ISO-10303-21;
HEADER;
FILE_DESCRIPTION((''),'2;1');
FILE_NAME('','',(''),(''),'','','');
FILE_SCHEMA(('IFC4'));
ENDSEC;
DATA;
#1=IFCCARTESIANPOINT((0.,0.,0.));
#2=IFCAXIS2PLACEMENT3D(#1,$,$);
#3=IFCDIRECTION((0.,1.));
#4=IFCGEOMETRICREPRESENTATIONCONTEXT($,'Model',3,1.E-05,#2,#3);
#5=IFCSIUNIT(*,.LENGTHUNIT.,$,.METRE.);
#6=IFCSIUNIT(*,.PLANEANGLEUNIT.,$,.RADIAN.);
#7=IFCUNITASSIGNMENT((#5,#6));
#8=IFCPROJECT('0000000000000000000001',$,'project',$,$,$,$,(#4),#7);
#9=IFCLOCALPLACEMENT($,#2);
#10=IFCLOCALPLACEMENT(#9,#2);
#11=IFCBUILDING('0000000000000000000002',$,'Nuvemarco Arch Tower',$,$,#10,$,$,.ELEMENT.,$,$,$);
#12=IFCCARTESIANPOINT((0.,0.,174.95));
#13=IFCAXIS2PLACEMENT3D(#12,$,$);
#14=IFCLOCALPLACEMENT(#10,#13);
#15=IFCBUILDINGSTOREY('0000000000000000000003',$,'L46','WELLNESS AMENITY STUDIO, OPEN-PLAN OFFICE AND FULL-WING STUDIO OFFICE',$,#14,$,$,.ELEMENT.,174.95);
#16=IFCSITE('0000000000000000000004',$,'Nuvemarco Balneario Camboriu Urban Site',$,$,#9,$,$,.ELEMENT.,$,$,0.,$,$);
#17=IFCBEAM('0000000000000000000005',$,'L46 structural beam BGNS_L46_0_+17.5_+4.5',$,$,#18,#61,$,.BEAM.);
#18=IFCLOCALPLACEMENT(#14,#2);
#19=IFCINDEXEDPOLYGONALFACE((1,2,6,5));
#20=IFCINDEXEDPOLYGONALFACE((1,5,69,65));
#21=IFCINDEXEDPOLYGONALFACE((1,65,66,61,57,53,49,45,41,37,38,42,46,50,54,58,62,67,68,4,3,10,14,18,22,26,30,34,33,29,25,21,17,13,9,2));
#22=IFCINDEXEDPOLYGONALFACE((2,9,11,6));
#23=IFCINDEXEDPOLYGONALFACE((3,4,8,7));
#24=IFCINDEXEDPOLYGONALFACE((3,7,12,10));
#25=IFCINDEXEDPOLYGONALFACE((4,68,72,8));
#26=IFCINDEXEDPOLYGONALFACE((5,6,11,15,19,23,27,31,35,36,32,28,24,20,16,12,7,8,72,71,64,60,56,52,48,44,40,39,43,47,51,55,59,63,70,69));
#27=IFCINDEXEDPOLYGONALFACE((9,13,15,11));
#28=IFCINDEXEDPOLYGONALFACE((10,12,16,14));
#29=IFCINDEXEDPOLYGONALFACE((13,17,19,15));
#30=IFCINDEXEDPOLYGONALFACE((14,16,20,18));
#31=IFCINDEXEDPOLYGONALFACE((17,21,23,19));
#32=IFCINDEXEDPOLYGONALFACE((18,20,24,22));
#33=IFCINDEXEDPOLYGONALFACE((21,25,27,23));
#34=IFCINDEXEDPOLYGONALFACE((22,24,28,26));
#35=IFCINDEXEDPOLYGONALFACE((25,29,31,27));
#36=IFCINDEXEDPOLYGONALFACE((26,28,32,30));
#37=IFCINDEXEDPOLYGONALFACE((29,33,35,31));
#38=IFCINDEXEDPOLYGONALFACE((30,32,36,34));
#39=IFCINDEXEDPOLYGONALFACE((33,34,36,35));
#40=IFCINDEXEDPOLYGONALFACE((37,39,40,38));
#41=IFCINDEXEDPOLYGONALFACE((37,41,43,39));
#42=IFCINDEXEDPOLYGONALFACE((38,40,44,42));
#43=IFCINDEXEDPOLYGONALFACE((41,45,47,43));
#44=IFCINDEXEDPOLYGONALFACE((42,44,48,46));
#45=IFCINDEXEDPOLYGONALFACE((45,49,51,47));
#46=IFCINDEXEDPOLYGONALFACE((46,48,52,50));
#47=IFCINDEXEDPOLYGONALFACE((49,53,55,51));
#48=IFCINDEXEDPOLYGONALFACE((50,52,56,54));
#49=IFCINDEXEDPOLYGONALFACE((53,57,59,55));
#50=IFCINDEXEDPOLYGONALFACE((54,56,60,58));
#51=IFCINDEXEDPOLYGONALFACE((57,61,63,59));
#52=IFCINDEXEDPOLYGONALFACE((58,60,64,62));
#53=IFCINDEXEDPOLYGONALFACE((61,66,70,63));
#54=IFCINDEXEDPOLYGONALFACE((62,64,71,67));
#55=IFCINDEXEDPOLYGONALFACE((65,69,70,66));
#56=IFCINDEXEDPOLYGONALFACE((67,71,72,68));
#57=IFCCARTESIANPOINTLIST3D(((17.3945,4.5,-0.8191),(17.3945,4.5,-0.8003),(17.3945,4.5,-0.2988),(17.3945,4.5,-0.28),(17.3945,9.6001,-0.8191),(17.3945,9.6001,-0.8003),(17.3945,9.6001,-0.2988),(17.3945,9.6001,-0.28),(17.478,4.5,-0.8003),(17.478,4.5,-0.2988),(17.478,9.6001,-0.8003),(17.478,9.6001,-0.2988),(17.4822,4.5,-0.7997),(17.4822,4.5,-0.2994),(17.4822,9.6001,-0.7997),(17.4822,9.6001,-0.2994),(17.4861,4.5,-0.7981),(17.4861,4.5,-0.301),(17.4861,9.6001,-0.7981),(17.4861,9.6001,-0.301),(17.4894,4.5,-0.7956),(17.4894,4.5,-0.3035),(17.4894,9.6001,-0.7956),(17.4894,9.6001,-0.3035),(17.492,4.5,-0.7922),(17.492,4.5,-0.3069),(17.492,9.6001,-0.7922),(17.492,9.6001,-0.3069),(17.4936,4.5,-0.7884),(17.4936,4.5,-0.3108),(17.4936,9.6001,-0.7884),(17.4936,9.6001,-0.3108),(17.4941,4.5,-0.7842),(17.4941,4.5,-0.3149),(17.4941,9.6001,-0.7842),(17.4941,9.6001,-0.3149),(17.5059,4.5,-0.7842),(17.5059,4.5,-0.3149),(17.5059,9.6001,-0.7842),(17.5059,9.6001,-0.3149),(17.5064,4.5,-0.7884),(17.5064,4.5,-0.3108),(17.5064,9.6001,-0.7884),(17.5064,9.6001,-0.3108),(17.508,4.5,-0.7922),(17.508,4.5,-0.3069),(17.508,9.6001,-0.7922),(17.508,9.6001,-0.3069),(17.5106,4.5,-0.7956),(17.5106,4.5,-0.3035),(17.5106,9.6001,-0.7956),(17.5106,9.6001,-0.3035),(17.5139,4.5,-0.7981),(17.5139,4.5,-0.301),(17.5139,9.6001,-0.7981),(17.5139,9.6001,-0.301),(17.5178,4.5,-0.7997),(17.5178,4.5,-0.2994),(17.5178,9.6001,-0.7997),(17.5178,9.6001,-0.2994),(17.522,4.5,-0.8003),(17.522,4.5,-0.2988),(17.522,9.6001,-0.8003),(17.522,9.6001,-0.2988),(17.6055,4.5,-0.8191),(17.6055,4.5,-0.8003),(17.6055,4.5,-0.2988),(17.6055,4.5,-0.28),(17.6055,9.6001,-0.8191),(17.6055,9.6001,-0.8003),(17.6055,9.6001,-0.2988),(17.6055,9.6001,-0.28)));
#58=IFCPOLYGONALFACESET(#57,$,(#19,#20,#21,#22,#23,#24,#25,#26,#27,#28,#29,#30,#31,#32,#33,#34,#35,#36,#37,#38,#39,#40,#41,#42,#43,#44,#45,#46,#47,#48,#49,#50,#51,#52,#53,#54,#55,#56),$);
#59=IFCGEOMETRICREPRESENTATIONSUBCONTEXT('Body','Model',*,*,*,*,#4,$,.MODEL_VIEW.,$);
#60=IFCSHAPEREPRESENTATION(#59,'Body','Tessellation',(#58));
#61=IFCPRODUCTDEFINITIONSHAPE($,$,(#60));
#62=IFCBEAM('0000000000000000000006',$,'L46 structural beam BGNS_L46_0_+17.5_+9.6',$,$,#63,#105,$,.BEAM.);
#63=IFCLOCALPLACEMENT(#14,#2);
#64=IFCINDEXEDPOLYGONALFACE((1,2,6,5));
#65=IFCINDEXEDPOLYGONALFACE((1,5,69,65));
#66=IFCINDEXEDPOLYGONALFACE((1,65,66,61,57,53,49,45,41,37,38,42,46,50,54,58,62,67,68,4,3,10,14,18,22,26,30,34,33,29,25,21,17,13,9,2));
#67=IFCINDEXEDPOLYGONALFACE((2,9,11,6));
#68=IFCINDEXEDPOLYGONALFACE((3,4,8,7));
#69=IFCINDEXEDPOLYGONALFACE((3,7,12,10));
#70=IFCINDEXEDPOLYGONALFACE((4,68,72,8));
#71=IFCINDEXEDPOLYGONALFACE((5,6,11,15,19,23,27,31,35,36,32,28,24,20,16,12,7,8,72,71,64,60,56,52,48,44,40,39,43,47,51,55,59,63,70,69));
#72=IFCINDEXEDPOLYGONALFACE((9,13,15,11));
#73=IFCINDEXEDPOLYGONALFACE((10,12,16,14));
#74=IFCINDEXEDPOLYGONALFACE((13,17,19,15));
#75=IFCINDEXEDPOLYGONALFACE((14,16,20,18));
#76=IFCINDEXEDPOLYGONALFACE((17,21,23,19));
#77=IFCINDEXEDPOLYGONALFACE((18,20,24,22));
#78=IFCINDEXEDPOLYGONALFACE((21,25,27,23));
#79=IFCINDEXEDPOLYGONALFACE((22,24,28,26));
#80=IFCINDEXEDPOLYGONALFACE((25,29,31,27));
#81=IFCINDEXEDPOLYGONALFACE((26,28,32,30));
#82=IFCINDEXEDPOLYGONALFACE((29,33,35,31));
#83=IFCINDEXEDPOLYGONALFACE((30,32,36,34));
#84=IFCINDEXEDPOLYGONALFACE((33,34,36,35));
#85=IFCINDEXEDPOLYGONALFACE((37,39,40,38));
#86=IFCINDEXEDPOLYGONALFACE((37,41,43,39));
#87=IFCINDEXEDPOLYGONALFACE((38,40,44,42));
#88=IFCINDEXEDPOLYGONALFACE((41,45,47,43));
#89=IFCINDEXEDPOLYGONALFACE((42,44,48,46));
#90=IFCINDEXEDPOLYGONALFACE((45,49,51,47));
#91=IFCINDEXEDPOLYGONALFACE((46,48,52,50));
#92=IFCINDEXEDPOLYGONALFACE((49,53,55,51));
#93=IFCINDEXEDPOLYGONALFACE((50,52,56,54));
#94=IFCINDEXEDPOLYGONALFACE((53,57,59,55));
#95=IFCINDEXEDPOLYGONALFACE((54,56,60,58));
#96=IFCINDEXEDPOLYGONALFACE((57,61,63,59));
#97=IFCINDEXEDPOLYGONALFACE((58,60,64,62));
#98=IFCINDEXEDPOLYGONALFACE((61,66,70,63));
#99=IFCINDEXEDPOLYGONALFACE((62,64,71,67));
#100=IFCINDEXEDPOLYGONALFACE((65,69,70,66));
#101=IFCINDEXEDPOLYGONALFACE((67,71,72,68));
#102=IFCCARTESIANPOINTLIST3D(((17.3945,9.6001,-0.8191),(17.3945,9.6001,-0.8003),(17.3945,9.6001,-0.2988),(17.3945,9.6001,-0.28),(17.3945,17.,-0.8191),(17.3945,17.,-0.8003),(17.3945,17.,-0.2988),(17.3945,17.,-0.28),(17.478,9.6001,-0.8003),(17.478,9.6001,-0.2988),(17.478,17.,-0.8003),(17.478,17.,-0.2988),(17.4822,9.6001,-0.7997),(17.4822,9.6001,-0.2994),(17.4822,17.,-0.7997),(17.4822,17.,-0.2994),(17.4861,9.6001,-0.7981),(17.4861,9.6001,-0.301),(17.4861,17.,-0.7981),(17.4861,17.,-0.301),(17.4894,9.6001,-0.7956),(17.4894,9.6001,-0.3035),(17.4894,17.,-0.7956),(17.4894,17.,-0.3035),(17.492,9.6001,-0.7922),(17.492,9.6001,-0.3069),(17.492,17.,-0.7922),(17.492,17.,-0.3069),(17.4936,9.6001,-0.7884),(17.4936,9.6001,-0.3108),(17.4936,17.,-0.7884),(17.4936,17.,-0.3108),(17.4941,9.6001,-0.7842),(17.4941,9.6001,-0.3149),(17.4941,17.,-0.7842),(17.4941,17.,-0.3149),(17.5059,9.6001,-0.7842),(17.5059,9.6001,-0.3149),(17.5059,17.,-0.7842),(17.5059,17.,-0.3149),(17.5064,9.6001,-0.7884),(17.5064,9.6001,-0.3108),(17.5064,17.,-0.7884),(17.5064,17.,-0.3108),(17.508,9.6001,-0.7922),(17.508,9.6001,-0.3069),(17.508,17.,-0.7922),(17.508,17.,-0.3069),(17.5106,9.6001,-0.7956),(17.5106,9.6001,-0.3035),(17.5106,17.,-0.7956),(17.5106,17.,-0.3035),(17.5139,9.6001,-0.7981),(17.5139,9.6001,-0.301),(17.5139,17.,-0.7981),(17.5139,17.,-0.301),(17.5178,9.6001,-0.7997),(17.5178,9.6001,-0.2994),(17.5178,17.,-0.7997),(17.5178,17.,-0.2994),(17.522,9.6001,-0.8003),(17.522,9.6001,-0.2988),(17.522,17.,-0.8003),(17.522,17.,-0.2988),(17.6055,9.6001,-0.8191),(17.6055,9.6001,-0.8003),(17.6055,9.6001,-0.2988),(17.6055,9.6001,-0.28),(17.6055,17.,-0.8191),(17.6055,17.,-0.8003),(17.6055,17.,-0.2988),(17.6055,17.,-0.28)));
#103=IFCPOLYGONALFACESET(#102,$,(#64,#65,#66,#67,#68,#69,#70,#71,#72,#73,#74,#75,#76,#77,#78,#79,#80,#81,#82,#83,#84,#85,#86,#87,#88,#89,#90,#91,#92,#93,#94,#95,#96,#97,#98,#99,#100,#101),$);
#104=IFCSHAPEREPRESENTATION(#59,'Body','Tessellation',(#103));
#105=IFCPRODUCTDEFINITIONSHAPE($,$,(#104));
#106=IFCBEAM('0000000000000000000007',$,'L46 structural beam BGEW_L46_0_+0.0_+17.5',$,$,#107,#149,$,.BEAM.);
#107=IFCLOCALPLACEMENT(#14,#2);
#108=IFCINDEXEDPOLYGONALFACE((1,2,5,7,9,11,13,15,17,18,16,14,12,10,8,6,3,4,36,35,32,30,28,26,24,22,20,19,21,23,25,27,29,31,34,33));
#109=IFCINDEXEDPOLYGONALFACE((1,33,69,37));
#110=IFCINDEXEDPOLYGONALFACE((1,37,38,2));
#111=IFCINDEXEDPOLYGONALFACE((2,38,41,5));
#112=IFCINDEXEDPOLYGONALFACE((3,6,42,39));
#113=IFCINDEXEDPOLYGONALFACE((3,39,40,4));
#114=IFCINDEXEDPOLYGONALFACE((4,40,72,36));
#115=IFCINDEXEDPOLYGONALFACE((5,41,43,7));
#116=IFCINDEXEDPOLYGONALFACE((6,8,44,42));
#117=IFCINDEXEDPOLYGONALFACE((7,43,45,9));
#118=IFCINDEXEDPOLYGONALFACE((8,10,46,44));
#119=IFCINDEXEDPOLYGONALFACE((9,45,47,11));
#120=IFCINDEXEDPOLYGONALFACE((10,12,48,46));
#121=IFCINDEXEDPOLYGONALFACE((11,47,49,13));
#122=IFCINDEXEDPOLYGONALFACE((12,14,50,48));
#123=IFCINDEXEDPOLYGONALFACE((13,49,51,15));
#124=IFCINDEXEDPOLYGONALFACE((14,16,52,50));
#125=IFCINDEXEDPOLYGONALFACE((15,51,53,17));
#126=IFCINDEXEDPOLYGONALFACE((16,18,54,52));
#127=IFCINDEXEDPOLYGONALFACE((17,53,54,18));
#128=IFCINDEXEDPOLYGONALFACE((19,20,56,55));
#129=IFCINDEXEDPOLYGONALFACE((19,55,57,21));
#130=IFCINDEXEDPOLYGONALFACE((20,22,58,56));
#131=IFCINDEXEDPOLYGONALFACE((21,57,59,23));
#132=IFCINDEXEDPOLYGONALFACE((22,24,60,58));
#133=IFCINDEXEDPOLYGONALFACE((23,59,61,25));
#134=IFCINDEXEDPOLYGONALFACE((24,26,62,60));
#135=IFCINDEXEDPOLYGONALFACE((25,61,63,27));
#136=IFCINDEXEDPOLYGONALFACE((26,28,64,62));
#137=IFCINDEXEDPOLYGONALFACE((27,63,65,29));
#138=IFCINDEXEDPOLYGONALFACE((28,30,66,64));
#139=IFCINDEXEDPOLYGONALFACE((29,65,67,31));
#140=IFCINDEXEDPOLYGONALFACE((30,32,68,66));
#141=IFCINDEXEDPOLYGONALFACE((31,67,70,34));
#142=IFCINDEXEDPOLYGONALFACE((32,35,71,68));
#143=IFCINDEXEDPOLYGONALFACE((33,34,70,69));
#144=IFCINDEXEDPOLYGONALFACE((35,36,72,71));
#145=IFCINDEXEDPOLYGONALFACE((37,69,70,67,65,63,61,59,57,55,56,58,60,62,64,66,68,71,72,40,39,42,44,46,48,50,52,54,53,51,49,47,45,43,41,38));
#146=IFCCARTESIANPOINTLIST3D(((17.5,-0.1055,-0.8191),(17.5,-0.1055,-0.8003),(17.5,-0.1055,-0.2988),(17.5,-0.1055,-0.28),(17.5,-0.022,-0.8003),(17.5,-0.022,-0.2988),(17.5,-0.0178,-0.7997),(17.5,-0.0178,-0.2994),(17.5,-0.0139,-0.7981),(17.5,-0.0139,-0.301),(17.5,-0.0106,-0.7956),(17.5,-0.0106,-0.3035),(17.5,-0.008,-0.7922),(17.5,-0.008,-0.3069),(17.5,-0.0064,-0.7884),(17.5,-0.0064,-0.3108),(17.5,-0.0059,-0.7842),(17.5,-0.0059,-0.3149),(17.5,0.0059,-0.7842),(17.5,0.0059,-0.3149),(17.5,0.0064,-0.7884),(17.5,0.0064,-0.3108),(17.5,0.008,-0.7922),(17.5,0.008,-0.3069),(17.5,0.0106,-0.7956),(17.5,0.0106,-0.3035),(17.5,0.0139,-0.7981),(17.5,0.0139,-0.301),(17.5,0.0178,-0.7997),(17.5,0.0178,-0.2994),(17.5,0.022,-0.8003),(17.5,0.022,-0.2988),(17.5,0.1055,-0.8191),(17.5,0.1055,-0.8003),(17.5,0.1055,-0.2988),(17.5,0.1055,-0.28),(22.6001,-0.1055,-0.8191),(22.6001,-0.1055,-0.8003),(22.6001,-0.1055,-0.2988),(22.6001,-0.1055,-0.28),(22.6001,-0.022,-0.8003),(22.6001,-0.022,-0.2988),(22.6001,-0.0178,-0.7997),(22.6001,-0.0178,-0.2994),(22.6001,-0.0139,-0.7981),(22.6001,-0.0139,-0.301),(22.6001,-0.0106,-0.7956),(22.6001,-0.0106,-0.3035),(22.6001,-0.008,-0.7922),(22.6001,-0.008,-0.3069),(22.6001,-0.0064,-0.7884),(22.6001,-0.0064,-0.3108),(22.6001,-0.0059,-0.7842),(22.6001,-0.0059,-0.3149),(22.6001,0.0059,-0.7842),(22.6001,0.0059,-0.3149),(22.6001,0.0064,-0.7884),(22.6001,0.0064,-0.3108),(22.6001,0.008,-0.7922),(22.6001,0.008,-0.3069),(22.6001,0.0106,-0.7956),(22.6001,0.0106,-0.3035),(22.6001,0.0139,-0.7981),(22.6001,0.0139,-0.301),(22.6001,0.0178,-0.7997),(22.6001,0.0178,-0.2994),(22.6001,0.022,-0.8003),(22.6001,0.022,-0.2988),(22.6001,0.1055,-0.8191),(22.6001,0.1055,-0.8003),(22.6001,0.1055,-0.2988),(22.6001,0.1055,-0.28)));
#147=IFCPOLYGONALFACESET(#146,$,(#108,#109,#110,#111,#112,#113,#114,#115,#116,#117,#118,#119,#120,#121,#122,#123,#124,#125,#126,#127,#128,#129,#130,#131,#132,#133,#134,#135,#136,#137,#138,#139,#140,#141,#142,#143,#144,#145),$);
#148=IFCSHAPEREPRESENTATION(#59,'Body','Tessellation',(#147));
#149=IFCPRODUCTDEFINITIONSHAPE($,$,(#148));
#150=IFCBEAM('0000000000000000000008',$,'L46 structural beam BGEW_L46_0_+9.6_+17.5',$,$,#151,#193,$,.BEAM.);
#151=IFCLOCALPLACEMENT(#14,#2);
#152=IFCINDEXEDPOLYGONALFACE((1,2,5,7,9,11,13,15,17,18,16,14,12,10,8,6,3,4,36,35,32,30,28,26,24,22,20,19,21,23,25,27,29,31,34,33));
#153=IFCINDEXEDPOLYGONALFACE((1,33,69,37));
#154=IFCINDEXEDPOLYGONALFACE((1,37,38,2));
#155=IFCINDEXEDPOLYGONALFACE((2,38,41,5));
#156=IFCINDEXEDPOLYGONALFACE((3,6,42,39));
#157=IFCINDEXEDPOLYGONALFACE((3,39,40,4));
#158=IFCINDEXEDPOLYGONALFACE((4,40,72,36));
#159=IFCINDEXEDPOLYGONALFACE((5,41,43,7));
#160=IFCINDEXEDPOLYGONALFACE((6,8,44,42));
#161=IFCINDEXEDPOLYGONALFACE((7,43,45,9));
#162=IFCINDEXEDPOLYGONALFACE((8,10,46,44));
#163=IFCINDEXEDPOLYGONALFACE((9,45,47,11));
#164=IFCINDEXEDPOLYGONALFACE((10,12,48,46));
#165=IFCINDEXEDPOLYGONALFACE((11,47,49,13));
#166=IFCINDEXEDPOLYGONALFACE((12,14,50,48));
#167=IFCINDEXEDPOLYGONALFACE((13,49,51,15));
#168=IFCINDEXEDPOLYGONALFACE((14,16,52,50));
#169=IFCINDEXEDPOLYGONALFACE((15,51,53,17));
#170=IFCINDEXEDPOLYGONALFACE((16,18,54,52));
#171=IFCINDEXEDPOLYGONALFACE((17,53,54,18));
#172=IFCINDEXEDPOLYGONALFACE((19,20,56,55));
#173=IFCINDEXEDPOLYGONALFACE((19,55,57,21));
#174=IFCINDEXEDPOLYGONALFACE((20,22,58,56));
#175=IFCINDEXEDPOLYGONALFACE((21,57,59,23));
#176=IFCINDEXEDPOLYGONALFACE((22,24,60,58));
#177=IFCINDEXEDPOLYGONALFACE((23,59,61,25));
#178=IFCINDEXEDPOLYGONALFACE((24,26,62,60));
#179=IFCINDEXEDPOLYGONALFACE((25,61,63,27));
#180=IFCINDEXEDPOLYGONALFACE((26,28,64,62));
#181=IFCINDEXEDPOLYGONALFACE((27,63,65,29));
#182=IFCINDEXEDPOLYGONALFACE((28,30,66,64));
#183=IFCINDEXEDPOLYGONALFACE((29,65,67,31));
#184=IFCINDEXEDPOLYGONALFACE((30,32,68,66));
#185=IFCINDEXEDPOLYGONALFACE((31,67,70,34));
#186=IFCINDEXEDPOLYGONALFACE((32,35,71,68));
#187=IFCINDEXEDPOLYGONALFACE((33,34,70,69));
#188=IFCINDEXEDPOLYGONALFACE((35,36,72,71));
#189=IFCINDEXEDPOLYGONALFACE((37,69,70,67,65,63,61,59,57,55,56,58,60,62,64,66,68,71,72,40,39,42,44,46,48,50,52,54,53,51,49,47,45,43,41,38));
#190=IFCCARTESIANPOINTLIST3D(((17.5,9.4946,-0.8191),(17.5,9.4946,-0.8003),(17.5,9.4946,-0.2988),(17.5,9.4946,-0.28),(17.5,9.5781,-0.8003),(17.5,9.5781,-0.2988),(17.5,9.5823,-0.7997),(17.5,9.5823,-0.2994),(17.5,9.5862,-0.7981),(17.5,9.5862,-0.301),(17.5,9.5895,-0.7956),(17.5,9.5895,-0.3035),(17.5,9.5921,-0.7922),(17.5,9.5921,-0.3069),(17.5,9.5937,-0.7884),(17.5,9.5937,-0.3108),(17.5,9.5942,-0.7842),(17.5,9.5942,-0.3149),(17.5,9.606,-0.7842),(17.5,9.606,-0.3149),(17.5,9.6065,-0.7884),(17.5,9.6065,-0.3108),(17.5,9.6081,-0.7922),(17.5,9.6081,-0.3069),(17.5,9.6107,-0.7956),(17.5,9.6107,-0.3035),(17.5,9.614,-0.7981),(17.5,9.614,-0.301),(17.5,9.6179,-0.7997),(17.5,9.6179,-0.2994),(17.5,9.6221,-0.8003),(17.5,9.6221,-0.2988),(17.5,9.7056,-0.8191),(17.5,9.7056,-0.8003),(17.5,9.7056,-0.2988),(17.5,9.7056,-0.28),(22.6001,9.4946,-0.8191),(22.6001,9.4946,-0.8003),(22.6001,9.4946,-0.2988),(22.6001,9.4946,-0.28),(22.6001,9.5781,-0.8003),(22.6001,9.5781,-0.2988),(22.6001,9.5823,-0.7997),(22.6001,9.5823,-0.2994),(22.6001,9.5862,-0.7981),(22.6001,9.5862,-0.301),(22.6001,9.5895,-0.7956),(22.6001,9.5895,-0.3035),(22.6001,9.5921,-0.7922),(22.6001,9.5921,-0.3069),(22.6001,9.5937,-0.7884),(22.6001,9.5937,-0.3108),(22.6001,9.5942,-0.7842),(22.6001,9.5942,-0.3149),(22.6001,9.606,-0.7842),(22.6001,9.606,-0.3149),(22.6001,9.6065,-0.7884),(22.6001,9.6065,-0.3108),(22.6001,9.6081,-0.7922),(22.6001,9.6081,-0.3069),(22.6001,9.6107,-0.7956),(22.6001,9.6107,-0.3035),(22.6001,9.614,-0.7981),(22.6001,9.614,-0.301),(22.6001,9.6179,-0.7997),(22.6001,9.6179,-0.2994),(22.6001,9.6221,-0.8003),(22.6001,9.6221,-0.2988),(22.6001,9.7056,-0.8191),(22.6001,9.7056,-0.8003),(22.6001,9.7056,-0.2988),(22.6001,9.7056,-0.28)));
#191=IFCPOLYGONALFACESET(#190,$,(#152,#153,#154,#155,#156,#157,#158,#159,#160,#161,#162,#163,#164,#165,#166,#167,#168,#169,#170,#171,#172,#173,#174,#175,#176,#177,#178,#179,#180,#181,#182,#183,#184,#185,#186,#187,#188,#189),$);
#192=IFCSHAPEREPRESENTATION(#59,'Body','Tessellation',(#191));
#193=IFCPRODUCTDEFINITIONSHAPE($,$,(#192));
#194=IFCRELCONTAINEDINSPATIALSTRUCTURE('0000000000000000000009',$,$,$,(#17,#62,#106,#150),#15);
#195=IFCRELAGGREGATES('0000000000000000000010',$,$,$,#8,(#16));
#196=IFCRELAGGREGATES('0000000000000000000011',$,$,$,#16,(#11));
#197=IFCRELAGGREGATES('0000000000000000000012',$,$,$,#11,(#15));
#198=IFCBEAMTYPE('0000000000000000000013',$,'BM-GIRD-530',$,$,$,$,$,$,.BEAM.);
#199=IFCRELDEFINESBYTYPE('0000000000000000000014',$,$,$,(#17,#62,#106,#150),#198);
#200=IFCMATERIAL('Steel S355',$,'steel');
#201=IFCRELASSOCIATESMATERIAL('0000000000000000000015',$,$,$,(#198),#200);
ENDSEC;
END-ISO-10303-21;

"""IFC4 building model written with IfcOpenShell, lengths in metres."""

from ifc_helpers import new_model, si_unit, direction, frame, origin, origin_2d, place, context, subcontext, project, spatial, i_section, extrude, material, material_profile, profile_set, type_object, element, save


model = new_model("IFC4")

# Units and contexts
model_context = context("Model", 3, precision=1e-05, world=origin(), true_north=direction((0.0, 1.0)))
body_context = subcontext(model_context, "Body", "Model", "MODEL_VIEW")
ifc_project = project(units=[si_unit("LENGTHUNIT", "METRE"), si_unit("PLANEANGLEUNIT", "RADIAN")], contexts=[model_context])

# Site, building, storey
site_placement = place(None, origin())
site = spatial("IfcSite", under=ifc_project, at=site_placement, Name="Nuvemarco Balneario Camboriu Urban Site", CompositionType="ELEMENT", RefElevation=0.0)
building_placement = place(site_placement, origin())
building = spatial("IfcBuilding", under=site, at=building_placement, Name="Nuvemarco Arch Tower", CompositionType="ELEMENT")
storey_placement = place(building_placement, frame((0.0, 0.0, 174.95)))
storey = spatial("IfcBuildingStorey", under=building, at=storey_placement, Name="L46", Description="WELLNESS AMENITY STUDIO, OPEN-PLAN OFFICE AND FULL-WING STUDIO OFFICE", CompositionType="ELEMENT", Elevation=174.95)

# Shared definitions
ifc_material_1 = material(Name="Steel S355", Category="steel")

# Beams
ifc_material_profile_1 = material_profile(ifc_material_1, i_section(OverallWidth=0.2109, OverallDepth=0.5391, WebThickness=0.0117, FlangeThickness=0.0188, FilletRadius=0.0161, at=origin_2d()), Name="W530x109")
ifc_profile_set_1 = profile_set([ifc_material_profile_1], Name="Steel S355")
beam_type_1 = type_object("IfcBeamType", Name="BM-GIRD-530", PredefinedType="BEAM", material=ifc_profile_set_1)
beam_1_placement = place(storey_placement, frame((17.5, 4.5, -0.5496), z_axis=(0.0, 1.0, 0.0), x_axis=(-1.0, 0.0, 0.0)))
element("IfcBeam", 1, at=beam_1_placement, inside=storey, type_object=beam_type_1, Name="L46 structural beam BGNS_L46_0_+17.5_+4.5", PredefinedType="BEAM", context=body_context, shape_type="SweptSolid", body=[
    extrude(i_section(OverallWidth=0.2109, OverallDepth=0.5391, WebThickness=0.0117, FlangeThickness=0.0188, FilletRadius=0.0161, at=origin_2d()), origin(), (0.0, 0.0, 1.0), 5.1001),
])
beam_2_placement = place(storey_placement, frame((17.5, 9.6001, -0.5496), z_axis=(0.0, 1.0, 0.0), x_axis=(-1.0, 0.0, 0.0)))
element("IfcBeam", 2, at=beam_2_placement, inside=storey, type_object=beam_type_1, Name="L46 structural beam BGNS_L46_0_+17.5_+9.6", PredefinedType="BEAM", context=body_context, shape_type="SweptSolid", body=[
    extrude(i_section(OverallWidth=0.2109, OverallDepth=0.5391, WebThickness=0.0117, FlangeThickness=0.0188, FilletRadius=0.0161, at=origin_2d()), origin(), (0.0, 0.0, 1.0), 7.3999),
])
for number, where, z_axis, x_axis, name in (
    (3, (17.5, 0.0, -0.5496), (1.0, 0.0, 0.0), (0.0, 1.0, 0.0), "L46 structural beam BGEW_L46_0_+0.0_+17.5"),
    (4, (17.5, 9.6001, -0.5496), (1.0, 0.0, 0.0), (0.0, 1.0, 0.0), "L46 structural beam BGEW_L46_0_+9.6_+17.5"),
):
    element("IfcBeam", number, at=place(storey_placement, frame(where, z_axis=z_axis, x_axis=x_axis)), inside=storey, type_object=beam_type_1, Name=name, PredefinedType="BEAM", context=body_context, shape_type="SweptSolid", body=[
        extrude(i_section(OverallWidth=0.2109, OverallDepth=0.5391, WebThickness=0.0117, FlangeThickness=0.0188, FilletRadius=0.0161, at=origin_2d()), origin(), (0.0, 0.0, 1.0), 5.1001),
    ])

save(model, "model.ifc")
